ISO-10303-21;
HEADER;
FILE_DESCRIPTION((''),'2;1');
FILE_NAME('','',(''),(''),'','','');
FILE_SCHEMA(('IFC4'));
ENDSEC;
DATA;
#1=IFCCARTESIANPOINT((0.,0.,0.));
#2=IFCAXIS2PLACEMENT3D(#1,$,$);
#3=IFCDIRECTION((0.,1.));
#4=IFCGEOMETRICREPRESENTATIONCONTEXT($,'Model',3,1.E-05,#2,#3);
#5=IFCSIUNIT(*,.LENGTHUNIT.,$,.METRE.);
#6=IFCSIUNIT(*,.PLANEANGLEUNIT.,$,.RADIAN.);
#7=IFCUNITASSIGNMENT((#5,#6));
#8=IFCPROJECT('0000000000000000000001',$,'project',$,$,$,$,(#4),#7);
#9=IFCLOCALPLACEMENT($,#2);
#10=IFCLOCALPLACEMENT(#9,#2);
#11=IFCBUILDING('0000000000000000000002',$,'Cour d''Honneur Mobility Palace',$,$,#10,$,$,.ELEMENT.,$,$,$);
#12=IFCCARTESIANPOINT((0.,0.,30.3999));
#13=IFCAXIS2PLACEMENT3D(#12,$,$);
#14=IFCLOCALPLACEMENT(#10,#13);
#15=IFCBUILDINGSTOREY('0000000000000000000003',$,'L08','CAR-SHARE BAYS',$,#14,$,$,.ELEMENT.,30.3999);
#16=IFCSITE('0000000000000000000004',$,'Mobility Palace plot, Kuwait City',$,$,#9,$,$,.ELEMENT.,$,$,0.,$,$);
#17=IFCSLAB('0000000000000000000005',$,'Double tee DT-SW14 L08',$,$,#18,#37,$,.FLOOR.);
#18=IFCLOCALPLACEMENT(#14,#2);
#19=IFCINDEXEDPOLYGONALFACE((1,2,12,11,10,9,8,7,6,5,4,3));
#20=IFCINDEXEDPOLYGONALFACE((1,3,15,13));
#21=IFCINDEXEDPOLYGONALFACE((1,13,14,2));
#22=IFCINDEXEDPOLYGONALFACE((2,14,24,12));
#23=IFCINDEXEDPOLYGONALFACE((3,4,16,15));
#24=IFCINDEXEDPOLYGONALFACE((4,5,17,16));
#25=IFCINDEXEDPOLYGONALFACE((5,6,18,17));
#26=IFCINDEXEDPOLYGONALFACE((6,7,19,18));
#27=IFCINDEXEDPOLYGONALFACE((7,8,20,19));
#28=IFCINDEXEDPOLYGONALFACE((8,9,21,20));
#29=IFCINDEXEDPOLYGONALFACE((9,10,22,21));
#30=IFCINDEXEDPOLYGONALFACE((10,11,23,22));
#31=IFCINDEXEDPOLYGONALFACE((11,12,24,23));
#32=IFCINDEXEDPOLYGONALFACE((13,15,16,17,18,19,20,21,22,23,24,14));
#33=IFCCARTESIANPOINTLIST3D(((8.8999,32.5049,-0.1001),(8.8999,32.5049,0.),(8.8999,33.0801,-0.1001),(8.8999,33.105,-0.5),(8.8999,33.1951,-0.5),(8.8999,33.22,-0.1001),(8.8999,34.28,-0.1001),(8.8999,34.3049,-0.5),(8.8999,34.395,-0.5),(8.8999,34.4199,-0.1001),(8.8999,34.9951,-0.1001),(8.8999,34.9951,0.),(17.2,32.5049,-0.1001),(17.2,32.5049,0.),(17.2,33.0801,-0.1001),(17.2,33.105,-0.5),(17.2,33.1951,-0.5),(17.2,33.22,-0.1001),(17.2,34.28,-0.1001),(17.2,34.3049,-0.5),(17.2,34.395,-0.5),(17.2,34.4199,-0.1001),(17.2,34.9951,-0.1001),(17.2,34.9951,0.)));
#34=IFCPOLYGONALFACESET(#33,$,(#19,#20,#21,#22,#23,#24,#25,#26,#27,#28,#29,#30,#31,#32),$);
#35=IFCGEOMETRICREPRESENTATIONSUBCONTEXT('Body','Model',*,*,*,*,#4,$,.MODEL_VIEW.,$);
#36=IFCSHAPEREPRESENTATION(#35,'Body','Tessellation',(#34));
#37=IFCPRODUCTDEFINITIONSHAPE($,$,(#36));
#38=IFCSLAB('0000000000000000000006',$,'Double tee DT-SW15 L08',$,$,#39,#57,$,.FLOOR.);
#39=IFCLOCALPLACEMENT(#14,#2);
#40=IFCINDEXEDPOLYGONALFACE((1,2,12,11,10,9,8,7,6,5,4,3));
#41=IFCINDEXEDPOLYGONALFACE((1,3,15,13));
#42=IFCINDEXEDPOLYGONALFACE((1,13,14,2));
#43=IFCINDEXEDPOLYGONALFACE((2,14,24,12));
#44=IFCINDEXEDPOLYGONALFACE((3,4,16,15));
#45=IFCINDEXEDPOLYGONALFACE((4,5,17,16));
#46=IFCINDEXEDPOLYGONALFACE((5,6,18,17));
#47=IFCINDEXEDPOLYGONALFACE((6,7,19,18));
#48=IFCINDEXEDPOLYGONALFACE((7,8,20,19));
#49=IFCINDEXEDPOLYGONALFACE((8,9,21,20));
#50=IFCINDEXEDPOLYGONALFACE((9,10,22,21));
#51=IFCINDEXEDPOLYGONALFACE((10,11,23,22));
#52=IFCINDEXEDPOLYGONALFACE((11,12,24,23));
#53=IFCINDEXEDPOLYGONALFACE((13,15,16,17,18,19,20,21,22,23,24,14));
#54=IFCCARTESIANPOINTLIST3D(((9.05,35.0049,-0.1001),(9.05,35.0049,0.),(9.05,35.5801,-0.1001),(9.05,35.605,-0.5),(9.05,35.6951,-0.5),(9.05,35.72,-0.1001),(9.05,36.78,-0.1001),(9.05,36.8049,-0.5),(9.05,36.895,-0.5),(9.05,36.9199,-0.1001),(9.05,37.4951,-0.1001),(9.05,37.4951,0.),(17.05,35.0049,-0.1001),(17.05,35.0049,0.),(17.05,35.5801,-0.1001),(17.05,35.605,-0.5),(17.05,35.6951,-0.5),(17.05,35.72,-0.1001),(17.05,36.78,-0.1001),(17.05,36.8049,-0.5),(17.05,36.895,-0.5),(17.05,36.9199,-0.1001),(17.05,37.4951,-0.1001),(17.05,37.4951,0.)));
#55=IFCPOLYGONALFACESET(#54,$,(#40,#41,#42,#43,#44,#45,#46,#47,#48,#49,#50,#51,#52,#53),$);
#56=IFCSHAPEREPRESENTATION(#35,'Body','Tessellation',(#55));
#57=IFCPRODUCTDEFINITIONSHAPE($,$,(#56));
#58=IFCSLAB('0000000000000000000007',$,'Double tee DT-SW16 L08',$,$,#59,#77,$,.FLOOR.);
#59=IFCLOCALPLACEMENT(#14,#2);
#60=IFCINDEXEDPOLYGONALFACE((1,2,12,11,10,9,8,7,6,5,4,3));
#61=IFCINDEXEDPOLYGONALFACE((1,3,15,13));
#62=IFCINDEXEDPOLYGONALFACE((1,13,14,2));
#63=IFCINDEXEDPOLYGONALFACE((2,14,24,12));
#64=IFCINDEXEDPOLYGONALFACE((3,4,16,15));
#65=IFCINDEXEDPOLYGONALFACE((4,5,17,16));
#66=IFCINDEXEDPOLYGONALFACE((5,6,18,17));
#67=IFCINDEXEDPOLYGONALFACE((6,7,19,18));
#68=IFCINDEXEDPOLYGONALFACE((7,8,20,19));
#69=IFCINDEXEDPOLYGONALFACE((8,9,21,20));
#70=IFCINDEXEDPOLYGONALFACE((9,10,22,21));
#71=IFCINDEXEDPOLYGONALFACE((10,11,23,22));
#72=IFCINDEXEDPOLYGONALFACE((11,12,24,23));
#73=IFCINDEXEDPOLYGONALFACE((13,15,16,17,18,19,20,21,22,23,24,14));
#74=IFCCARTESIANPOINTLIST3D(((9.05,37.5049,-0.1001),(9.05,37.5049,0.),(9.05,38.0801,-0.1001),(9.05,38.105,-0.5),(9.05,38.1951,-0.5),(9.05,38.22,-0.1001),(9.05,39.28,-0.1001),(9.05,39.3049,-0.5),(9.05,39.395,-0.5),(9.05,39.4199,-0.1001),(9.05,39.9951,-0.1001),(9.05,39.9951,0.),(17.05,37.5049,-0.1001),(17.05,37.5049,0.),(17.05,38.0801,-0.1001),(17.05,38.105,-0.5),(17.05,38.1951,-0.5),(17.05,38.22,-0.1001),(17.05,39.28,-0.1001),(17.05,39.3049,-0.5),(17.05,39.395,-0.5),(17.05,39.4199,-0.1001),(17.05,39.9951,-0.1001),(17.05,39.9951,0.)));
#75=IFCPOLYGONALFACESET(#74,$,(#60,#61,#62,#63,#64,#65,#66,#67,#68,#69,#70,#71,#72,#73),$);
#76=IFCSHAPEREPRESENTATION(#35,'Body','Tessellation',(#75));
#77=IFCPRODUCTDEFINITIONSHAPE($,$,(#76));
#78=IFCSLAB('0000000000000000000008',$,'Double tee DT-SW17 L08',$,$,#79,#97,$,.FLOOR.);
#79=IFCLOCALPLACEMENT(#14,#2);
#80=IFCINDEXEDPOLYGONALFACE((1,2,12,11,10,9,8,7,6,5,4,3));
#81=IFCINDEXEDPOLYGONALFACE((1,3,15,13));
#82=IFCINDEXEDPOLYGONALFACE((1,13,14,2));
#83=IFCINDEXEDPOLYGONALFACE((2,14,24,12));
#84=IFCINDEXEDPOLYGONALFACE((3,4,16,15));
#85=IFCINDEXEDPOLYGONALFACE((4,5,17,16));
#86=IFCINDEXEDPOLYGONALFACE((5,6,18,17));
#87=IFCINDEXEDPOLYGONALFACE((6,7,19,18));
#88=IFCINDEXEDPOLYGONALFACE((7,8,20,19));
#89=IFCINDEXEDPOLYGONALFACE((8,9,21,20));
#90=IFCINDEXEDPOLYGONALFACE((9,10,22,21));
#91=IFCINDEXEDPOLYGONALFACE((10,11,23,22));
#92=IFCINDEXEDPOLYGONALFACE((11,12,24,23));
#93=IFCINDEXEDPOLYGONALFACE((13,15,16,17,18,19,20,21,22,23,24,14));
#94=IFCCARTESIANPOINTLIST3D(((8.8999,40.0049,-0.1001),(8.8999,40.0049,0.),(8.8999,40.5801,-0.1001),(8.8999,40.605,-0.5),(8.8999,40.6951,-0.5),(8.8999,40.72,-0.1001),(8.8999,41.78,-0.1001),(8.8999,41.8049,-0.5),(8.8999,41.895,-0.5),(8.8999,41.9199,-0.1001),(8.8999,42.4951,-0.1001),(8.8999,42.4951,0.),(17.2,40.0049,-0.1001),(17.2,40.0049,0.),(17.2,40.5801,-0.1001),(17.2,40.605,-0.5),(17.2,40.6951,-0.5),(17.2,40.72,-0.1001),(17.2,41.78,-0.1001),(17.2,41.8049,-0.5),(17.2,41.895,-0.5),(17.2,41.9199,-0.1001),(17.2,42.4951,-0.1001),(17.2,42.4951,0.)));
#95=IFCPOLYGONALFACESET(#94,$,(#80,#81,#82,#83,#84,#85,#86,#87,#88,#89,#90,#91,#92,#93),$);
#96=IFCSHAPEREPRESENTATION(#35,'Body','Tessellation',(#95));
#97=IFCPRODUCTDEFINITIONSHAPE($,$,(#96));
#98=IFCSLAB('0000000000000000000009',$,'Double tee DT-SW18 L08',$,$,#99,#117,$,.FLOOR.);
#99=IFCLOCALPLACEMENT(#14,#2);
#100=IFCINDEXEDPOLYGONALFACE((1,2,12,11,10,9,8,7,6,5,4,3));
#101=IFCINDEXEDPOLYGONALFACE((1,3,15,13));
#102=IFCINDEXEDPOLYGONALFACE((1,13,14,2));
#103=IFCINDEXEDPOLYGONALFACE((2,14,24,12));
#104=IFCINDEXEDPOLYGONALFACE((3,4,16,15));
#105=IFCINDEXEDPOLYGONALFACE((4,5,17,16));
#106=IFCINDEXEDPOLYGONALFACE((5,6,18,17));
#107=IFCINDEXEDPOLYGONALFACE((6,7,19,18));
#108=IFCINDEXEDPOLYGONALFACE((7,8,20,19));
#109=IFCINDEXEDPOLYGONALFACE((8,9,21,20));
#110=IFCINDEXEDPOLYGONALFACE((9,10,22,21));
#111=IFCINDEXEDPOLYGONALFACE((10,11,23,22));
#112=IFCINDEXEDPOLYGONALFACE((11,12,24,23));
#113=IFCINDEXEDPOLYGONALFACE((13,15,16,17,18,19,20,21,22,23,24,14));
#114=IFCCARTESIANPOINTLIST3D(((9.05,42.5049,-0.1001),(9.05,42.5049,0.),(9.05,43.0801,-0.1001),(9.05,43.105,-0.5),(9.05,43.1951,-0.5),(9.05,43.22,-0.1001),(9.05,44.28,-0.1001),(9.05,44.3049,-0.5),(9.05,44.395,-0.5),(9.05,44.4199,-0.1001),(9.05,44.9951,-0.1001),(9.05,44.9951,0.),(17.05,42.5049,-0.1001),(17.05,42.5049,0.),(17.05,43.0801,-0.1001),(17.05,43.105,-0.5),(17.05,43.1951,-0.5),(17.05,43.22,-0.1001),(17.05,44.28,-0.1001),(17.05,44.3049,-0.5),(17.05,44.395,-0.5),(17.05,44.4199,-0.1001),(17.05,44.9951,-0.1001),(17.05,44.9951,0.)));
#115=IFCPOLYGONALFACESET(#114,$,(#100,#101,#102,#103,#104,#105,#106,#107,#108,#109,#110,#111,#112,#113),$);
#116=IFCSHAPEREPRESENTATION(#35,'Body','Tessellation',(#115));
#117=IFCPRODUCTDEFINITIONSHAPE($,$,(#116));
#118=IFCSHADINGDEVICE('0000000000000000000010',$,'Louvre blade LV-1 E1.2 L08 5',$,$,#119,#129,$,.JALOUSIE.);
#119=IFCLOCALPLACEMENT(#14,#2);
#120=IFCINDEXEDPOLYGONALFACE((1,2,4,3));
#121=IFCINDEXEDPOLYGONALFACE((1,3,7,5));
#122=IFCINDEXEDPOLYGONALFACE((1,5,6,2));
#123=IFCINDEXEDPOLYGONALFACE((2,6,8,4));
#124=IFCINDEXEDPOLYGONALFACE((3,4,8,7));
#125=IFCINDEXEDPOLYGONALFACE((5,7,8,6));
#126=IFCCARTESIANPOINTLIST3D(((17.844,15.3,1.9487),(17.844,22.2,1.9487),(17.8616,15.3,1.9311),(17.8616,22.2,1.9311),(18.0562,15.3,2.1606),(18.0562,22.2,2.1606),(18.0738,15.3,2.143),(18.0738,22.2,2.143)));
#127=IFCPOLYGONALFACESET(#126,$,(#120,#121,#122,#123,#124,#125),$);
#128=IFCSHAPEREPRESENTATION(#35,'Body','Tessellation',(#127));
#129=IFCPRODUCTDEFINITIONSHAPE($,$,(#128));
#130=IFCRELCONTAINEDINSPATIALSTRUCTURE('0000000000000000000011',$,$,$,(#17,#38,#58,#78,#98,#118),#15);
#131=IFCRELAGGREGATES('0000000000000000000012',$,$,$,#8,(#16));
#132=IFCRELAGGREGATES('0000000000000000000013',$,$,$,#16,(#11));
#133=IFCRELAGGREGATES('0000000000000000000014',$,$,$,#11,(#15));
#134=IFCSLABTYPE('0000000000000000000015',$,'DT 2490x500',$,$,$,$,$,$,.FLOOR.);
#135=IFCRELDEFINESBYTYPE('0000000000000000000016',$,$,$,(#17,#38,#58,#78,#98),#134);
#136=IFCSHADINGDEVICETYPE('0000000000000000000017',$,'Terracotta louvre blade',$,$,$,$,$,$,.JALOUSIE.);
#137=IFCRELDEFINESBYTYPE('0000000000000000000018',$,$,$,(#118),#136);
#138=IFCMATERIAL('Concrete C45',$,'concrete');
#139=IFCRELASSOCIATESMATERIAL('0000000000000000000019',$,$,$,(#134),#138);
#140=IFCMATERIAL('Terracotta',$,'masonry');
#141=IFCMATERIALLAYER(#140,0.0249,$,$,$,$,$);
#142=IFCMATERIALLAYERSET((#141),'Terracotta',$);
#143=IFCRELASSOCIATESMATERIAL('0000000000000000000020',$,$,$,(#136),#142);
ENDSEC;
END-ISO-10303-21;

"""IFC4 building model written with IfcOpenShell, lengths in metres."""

from ifc_helpers import new_model, si_unit, direction, frame, origin, place, context, subcontext, project, spatial, polyline, outline, extrude, material, layer, layer_set, material_profile, profile_set, type_object, element, save


model = new_model("IFC4")

# Units and contexts
model_context = context("Model", 3, precision=1e-05, world=origin(), true_north=direction((0.0, 1.0)))
body_context = subcontext(model_context, "Body", "Model", "MODEL_VIEW")
ifc_project = project(units=[si_unit("LENGTHUNIT", "METRE"), si_unit("PLANEANGLEUNIT", "RADIAN")], contexts=[model_context])

# Site, building, storey
site_placement = place(None, origin())
site = spatial("IfcSite", under=ifc_project, at=site_placement, Name="Mobility Palace plot, Kuwait City", CompositionType="ELEMENT", RefElevation=0.0)
building_placement = place(site_placement, origin())
building = spatial("IfcBuilding", under=site, at=building_placement, Name="Cour d'Honneur Mobility Palace", CompositionType="ELEMENT")
storey_placement = place(building_placement, frame((0.0, 0.0, 30.3999)))
storey = spatial("IfcBuildingStorey", under=building, at=storey_placement, Name="L08", Description="CAR-SHARE BAYS", CompositionType="ELEMENT", Elevation=30.3999)

# Slabs
ifc_material_1 = material(Name="Concrete C45", Category="concrete")
ifc_material_profile_1 = material_profile(ifc_material_1, outline(polyline([(-1.2451, 0.0), (1.2451, 0.0), (1.2451, -0.1001), (0.6699, -0.1001), (0.645, -0.5), (0.5549, -0.5), (0.53, -0.1001), (-0.53, -0.1001), (-0.5549, -0.5), (-0.645, -0.5), (-0.6699, -0.1001), (-1.2451, -0.1001), (-1.2451, 0.0)])), Name="DT 2490x500")
ifc_profile_set_1 = profile_set([ifc_material_profile_1], Name="Concrete C45")
slab_type = type_object("IfcSlabType", Name="DT 2490x500", PredefinedType="FLOOR", material=ifc_profile_set_1)
slab_1_placement = place(storey_placement, frame((8.8999, 33.75, 0.0), z_axis=(1.0, 0.0, 0.0), x_axis=(0.0, 1.0, 0.0)))
element("IfcSlab", 1, at=slab_1_placement, inside=storey, type_object=slab_type, Name="Double tee DT-SW14 L08", PredefinedType="FLOOR", context=body_context, shape_type="SweptSolid", body=[
    extrude(outline(polyline([(-1.2451, 0.0), (1.2451, 0.0), (1.2451, -0.1001), (0.6699, -0.1001), (0.645, -0.5), (0.5549, -0.5), (0.53, -0.1001), (-0.53, -0.1001), (-0.5549, -0.5), (-0.645, -0.5), (-0.6699, -0.1001), (-1.2451, -0.1001), (-1.2451, 0.0)])), origin(), (0.0, 0.0, 1.0), 8.3),
])
for number, where, z_axis, x_axis, name in (
    (2, (9.05, 36.25, 0.0), (1.0, 0.0, 0.0), (0.0, 1.0, 0.0), "Double tee DT-SW15 L08"),
    (3, (9.05, 38.75, 0.0), (1.0, 0.0, 0.0), (0.0, 1.0, 0.0), "Double tee DT-SW16 L08"),
):
    element("IfcSlab", number, at=place(storey_placement, frame(where, z_axis=z_axis, x_axis=x_axis)), inside=storey, type_object=slab_type, Name=name, PredefinedType="FLOOR", context=body_context, shape_type="SweptSolid", body=[
        extrude(outline(polyline([(-1.2451, 0.0), (1.2451, 0.0), (1.2451, -0.1001), (0.6699, -0.1001), (0.645, -0.5), (0.5549, -0.5), (0.53, -0.1001), (-0.53, -0.1001), (-0.5549, -0.5), (-0.645, -0.5), (-0.6699, -0.1001), (-1.2451, -0.1001), (-1.2451, 0.0)])), origin(), (0.0, 0.0, 1.0), 8.0),
    ])
slab_2_placement = place(storey_placement, frame((8.8999, 41.25, 0.0), z_axis=(1.0, 0.0, 0.0), x_axis=(0.0, 1.0, 0.0)))
element("IfcSlab", 4, at=slab_2_placement, inside=storey, type_object=slab_type, Name="Double tee DT-SW17 L08", PredefinedType="FLOOR", context=body_context, shape_type="SweptSolid", body=[
    extrude(outline(polyline([(-1.2451, 0.0), (1.2451, 0.0), (1.2451, -0.1001), (0.6699, -0.1001), (0.645, -0.5), (0.5549, -0.5), (0.53, -0.1001), (-0.53, -0.1001), (-0.5549, -0.5), (-0.645, -0.5), (-0.6699, -0.1001), (-1.2451, -0.1001), (-1.2451, 0.0)])), origin(), (0.0, 0.0, 1.0), 8.3),
])
slab_3_placement = place(storey_placement, frame((9.05, 43.75, 0.0), z_axis=(1.0, 0.0, 0.0), x_axis=(0.0, 1.0, 0.0)))
element("IfcSlab", 5, at=slab_3_placement, inside=storey, type_object=slab_type, Name="Double tee DT-SW18 L08", PredefinedType="FLOOR", context=body_context, shape_type="SweptSolid", body=[
    extrude(outline(polyline([(-1.2451, 0.0), (1.2451, 0.0), (1.2451, -0.1001), (0.6699, -0.1001), (0.645, -0.5), (0.5549, -0.5), (0.53, -0.1001), (-0.53, -0.1001), (-0.5549, -0.5), (-0.645, -0.5), (-0.6699, -0.1001), (-1.2451, -0.1001), (-1.2451, 0.0)])), origin(), (0.0, 0.0, 1.0), 8.0),
])

# Shading device
ifc_material_2 = material(Name="Terracotta", Category="masonry")
ifc_layer = layer(ifc_material_2, 0.0249)
ifc_layer_set = layer_set([ifc_layer], Name="Terracotta")
shading_device_type = type_object("IfcShadingDeviceType", Name="Terracotta louvre blade", PredefinedType="JALOUSIE", material=ifc_layer_set)
shading_device_placement = place(storey_placement, frame((17.844, 15.3, 1.9487), z_axis=(-0.7067, 0.0, 0.707514), x_axis=(0.0, 1.0, 0.0)))
element("IfcShadingDevice", 6, at=shading_device_placement, inside=storey, type_object=shading_device_type, Name="Louvre blade LV-1 E1.2 L08 5", PredefinedType="JALOUSIE", context=body_context, shape_type="SweptSolid", body=[
    extrude(outline(polyline([(0.0, 0.0), (6.8999, 0.0), (6.8999, -0.2999), (0.0, -0.2999), (0.0, 0.0)])), origin(), (0.0, 0.0, -1.0), 0.0249),
])

save(model, "model.ifc")
